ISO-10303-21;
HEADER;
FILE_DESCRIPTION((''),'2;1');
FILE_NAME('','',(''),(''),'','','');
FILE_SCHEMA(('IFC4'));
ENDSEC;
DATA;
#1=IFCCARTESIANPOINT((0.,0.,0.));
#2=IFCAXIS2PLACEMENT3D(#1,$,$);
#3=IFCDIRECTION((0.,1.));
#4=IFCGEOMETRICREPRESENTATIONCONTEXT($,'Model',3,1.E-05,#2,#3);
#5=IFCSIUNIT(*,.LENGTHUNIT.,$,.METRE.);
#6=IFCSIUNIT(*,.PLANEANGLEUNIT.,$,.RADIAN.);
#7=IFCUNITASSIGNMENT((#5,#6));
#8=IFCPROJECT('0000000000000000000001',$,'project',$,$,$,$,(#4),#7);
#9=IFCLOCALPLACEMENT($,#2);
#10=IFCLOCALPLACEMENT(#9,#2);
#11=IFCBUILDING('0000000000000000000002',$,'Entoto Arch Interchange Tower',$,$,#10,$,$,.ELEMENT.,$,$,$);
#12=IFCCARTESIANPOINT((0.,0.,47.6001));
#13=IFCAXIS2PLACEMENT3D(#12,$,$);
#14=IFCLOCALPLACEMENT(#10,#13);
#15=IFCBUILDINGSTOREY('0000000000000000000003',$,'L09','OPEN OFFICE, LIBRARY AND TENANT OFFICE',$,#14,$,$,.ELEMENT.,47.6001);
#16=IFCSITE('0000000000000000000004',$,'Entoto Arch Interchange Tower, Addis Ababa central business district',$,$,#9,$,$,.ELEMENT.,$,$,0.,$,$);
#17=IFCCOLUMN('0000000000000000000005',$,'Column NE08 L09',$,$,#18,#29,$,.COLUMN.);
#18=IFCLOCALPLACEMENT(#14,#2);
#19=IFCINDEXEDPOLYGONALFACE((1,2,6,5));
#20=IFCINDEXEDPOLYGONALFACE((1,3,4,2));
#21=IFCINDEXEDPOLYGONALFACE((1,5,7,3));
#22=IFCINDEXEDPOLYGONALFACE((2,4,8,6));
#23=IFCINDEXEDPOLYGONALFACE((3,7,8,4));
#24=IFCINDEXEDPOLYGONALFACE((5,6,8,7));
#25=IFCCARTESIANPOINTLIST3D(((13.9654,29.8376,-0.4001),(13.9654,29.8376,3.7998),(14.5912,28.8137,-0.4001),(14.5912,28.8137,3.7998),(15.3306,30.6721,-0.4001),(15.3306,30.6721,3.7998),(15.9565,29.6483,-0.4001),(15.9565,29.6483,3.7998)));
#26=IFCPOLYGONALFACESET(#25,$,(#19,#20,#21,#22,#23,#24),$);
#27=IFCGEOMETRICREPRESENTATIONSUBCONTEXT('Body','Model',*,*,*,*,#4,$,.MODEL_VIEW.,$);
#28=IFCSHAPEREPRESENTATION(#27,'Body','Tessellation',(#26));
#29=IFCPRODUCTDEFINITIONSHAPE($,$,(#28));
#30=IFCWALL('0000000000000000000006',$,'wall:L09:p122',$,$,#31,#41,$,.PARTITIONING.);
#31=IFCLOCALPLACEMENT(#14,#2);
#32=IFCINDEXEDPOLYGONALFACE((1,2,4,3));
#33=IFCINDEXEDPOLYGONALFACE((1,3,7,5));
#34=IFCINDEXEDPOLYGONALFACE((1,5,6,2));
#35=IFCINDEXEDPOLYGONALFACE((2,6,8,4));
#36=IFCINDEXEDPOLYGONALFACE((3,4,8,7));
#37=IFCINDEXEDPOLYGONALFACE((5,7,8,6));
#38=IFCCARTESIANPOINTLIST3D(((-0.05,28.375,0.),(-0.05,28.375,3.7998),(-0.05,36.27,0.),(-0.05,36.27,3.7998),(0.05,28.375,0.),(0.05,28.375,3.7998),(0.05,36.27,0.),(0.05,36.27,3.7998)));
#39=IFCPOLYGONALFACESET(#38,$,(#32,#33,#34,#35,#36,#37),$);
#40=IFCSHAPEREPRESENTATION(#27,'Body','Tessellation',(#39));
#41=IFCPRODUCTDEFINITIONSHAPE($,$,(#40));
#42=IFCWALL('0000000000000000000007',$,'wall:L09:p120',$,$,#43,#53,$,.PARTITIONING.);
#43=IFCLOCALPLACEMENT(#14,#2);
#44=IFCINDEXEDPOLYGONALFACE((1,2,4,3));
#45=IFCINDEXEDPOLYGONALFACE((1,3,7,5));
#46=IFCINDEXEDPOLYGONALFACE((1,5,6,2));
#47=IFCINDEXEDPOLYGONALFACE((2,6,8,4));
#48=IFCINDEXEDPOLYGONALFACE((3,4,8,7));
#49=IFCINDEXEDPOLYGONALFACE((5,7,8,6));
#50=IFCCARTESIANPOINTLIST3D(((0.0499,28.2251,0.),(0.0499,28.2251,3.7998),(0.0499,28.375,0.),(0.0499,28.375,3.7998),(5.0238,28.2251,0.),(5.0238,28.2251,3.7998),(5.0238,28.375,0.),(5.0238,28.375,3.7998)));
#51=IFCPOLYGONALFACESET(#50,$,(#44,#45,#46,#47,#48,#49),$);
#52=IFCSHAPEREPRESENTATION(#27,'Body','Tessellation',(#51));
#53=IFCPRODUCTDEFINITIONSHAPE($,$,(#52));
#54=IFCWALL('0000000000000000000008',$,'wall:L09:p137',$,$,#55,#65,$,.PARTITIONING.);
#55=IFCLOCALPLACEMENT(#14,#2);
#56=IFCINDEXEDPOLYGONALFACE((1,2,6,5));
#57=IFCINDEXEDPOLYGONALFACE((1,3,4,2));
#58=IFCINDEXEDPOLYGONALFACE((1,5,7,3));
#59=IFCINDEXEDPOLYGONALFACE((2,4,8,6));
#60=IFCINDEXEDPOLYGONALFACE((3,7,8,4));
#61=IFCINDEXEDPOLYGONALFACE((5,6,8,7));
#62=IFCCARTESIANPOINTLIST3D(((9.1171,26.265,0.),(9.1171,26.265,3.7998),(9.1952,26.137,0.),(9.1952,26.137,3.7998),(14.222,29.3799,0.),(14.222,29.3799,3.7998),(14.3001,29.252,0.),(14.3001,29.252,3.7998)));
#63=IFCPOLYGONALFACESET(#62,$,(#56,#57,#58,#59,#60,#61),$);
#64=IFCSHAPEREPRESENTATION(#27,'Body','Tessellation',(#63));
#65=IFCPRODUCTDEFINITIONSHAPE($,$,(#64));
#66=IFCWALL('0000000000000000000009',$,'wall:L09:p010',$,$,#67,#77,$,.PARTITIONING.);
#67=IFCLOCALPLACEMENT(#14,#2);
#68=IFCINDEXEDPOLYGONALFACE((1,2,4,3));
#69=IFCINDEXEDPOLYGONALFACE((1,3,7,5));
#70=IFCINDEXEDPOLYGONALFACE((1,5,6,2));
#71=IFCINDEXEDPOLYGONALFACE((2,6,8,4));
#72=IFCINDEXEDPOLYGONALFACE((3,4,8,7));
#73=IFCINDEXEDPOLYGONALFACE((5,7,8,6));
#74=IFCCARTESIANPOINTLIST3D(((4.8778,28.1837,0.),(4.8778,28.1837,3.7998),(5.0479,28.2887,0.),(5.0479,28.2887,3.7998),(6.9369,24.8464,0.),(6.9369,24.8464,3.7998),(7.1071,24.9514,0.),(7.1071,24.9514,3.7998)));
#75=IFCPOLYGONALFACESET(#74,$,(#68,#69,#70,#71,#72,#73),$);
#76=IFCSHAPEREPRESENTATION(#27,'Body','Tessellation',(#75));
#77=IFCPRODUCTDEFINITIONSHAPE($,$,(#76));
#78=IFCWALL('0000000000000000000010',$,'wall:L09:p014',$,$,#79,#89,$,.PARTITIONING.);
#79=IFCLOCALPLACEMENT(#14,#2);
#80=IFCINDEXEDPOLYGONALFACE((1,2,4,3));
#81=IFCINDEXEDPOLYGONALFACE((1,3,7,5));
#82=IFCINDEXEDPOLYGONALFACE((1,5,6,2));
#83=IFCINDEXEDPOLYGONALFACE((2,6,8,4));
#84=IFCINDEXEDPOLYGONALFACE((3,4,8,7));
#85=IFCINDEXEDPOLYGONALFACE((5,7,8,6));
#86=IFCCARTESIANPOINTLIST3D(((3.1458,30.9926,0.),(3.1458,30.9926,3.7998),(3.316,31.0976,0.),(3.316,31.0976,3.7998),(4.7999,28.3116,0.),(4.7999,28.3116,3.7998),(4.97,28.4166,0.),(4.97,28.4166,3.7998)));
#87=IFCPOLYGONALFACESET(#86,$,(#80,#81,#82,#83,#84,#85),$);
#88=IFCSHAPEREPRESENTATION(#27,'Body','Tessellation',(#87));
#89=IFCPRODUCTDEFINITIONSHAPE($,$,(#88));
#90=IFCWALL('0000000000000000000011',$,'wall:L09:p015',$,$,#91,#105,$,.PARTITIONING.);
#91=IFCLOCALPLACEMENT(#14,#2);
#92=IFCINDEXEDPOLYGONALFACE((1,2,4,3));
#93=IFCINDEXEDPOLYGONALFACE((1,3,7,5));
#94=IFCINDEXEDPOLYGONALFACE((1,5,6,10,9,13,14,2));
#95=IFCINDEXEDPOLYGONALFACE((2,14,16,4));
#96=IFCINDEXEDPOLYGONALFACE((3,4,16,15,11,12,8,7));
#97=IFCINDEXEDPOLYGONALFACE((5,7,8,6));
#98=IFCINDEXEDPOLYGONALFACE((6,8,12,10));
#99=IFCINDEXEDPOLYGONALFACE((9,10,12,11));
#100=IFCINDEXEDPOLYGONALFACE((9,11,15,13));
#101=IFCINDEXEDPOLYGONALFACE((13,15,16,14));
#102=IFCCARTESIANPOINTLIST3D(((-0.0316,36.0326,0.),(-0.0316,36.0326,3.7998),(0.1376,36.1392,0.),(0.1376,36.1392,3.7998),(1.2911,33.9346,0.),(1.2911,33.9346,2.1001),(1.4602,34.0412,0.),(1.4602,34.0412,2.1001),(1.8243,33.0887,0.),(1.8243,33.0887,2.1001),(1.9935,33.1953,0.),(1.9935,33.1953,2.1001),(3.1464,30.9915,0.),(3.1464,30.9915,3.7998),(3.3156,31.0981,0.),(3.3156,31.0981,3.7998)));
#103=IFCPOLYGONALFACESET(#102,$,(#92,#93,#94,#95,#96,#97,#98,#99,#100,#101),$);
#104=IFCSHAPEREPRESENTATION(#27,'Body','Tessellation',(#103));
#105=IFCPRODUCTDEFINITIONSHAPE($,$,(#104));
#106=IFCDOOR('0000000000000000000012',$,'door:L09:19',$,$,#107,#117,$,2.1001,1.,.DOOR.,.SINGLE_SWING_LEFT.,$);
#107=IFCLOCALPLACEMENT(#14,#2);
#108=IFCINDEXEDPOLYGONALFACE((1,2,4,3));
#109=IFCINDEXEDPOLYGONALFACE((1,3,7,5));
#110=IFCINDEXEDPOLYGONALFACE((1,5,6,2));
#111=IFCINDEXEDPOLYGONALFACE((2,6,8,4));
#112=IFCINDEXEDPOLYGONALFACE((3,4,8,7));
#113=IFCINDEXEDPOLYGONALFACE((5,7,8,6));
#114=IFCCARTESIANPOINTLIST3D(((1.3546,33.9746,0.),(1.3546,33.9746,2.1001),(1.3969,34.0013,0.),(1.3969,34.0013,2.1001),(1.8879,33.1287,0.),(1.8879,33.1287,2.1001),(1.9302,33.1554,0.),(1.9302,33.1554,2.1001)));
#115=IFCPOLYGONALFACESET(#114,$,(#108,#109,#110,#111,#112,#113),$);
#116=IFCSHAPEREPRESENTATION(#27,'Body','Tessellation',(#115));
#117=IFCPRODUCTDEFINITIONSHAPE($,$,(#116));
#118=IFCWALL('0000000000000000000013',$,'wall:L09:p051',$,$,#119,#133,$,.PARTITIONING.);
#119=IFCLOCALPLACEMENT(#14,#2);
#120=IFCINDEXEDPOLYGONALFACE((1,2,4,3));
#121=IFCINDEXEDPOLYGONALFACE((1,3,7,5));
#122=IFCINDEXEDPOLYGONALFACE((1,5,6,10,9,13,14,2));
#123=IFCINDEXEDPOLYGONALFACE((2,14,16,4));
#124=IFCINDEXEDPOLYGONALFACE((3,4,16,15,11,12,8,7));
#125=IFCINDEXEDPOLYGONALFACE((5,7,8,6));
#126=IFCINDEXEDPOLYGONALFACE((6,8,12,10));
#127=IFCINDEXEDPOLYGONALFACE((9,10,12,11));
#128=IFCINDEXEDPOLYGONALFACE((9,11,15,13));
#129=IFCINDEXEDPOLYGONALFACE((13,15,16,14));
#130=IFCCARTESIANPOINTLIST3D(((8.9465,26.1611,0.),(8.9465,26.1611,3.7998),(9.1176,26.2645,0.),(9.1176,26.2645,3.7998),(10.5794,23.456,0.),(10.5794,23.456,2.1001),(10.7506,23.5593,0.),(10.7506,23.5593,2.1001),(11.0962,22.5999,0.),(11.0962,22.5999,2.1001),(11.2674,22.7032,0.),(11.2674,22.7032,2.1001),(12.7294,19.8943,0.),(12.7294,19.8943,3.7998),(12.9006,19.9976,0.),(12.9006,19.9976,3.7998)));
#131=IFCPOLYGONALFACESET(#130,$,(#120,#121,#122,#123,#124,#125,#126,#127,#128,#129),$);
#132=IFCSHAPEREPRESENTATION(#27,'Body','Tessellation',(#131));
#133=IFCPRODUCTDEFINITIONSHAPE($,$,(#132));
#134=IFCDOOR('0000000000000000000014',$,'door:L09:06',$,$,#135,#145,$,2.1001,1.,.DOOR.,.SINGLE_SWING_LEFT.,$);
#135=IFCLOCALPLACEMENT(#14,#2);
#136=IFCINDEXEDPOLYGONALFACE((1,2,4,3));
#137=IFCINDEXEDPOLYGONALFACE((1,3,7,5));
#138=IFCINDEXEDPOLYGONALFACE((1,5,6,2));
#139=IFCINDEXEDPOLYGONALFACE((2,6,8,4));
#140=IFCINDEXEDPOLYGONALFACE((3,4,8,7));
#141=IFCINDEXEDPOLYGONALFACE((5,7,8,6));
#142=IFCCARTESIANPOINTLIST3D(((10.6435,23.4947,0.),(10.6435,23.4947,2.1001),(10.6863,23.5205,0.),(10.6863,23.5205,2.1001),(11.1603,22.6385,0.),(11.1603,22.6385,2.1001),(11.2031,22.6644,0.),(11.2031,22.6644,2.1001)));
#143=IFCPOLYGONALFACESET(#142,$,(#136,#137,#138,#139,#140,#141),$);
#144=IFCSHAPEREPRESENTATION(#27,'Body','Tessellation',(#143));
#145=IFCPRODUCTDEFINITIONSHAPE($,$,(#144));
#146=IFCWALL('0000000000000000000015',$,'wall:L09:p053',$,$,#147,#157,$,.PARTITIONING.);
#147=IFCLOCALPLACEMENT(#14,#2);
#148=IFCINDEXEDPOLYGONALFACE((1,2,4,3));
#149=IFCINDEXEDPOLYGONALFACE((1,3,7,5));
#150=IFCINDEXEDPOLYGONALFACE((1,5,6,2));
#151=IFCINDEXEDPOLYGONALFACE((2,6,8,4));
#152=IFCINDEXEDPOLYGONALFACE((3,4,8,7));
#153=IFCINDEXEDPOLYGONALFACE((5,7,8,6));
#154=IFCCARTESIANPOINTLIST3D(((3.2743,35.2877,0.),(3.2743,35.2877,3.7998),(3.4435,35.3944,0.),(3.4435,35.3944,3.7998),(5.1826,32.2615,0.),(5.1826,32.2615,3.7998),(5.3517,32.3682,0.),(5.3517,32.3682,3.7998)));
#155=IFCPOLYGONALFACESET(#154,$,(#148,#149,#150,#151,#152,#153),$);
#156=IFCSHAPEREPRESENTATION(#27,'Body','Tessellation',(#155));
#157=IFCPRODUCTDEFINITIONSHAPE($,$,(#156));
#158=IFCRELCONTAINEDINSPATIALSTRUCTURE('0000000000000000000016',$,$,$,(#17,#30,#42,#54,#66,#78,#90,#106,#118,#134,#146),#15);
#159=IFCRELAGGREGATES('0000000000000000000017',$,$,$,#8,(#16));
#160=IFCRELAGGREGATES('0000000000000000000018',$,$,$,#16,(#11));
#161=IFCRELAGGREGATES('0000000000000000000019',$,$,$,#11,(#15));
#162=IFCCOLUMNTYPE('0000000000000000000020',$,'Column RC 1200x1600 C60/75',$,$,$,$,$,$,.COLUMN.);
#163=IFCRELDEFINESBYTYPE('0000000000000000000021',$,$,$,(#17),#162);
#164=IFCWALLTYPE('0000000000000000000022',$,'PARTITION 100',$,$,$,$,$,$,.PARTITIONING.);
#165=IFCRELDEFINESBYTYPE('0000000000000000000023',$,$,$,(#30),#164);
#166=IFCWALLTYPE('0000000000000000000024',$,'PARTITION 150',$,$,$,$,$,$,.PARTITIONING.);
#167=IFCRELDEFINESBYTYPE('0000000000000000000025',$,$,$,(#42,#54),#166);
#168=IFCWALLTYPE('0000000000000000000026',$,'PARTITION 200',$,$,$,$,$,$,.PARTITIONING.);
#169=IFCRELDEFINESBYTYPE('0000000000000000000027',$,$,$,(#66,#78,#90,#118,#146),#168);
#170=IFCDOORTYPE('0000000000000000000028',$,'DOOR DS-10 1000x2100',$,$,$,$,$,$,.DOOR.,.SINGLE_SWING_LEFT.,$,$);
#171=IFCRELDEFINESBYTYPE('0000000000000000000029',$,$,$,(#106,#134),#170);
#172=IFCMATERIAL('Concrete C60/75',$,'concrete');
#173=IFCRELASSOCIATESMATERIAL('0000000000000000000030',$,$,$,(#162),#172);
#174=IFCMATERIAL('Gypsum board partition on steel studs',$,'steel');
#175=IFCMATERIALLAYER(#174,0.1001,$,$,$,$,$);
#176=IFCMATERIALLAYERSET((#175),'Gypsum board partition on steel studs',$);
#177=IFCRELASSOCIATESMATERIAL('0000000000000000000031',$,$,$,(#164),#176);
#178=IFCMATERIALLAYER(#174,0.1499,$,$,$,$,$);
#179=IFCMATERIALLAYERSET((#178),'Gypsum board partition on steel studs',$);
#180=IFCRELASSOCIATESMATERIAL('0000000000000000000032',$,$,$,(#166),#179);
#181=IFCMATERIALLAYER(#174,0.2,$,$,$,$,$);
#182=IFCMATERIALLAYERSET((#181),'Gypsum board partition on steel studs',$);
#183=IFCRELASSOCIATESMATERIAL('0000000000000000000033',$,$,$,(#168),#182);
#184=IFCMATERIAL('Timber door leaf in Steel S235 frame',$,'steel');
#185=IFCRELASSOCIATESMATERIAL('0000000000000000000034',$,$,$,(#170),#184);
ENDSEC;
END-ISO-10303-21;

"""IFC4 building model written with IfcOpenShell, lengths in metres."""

from ifc_helpers import new_model, si_unit, direction, frame, frame_2d, origin, origin_2d, place, context, subcontext, project, spatial, rectangle, extrude, material, layer, layer_set, material_profile, profile_set, type_object, element, fill, save


model = new_model("IFC4")

# Units and contexts
model_context = context("Model", 3, precision=1e-05, world=origin(), true_north=direction((0.0, 1.0)))
body_context = subcontext(model_context, "Body", "Model", "MODEL_VIEW")
ifc_project = project(units=[si_unit("LENGTHUNIT", "METRE"), si_unit("PLANEANGLEUNIT", "RADIAN")], contexts=[model_context])

# Site, building, storey
site_placement = place(None, origin())
site = spatial("IfcSite", under=ifc_project, at=site_placement, Name="Entoto Arch Interchange Tower, Addis Ababa central business district", CompositionType="ELEMENT", RefElevation=0.0)
building_placement = place(site_placement, origin())
building = spatial("IfcBuilding", under=site, at=building_placement, Name="Entoto Arch Interchange Tower", CompositionType="ELEMENT")
storey_placement = place(building_placement, frame((0.0, 0.0, 47.6001)))
storey = spatial("IfcBuildingStorey", under=building, at=storey_placement, Name="L09", Description="OPEN OFFICE, LIBRARY AND TENANT OFFICE", CompositionType="ELEMENT", Elevation=47.6001)

# Column
ifc_material_1 = material(Name="Concrete C60/75", Category="concrete")
ifc_material_profile = material_profile(ifc_material_1, rectangle(XDim=1.2, YDim=1.6001, at=origin_2d()))
ifc_profile_set = profile_set([ifc_material_profile], Name="Concrete C60/75")
column_type = type_object("IfcColumnType", Name="Column RC 1200x1600 C60/75", PredefinedType="COLUMN", material=ifc_profile_set)
column_placement = place(storey_placement, frame((14.9609, 29.7429, -0.4001), z_axis=(0.0, 0.0, 1.0), x_axis=(-0.521546, 0.853223, 0.0)))
element("IfcColumn", 1, at=column_placement, inside=storey, type_object=column_type, Name="Column NE08 L09", PredefinedType="COLUMN", context=body_context, shape_type="SweptSolid", body=[
    extrude(rectangle(XDim=1.2, YDim=1.6001, at=origin_2d()), origin(), (0.0, 0.0, 1.0), 4.2),
])

# Walls
ifc_material_2 = material(Name="Gypsum board partition on steel studs", Category="steel")
ifc_layer_1 = layer(ifc_material_2, 0.1001)
ifc_layer_set_1 = layer_set([ifc_layer_1], Name="Gypsum board partition on steel studs")
wall_type_1 = type_object("IfcWallType", Name="PARTITION 100", PredefinedType="PARTITIONING", material=ifc_layer_set_1)
wall_1_placement = place(storey_placement, frame((0.0, 28.375, 0.0), z_axis=(0.0, 0.0, 1.0), x_axis=(0.0, 1.0, 0.0)))
element("IfcWall", 2, at=wall_1_placement, inside=storey, type_object=wall_type_1, Name="wall:L09:p122", PredefinedType="PARTITIONING", context=body_context, shape_type="SweptSolid", body=[
    extrude(rectangle(XDim=7.895, YDim=0.1001, at=frame_2d((3.9475, 0.0))), origin(), (0.0, 0.0, 1.0), 3.7998),
])
ifc_layer_2 = layer(ifc_material_2, 0.1499)
ifc_layer_set_2 = layer_set([ifc_layer_2], Name="Gypsum board partition on steel studs")
wall_type_2 = type_object("IfcWallType", Name="PARTITION 150", PredefinedType="PARTITIONING", material=ifc_layer_set_2)
wall_2_placement = place(storey_placement, frame((0.05, 28.3, 0.0), z_axis=(0.0, 0.0, 1.0), x_axis=(1.0, 0.0, 0.0)))
element("IfcWall", 3, at=wall_2_placement, inside=storey, type_object=wall_type_2, Name="wall:L09:p120", PredefinedType="PARTITIONING", context=body_context, shape_type="SweptSolid", body=[
    extrude(rectangle(XDim=4.9739, YDim=0.1499, at=frame_2d((2.4868, 0.0))), origin(), (0.0, 0.0, 1.0), 3.7998),
])
wall_3_placement = place(storey_placement, frame((9.156, 26.2009, 0.0), z_axis=(0.0, 0.0, 1.0), x_axis=(0.853633, 0.520875, 0.0)))
element("IfcWall", 4, at=wall_3_placement, inside=storey, type_object=wall_type_2, Name="wall:L09:p137", PredefinedType="PARTITIONING", context=body_context, shape_type="SweptSolid", body=[
    extrude(rectangle(XDim=5.9802, YDim=0.1499, at=frame_2d((2.9902, 0.0))), origin(), (0.0, 0.0, 1.0), 3.7998),
])
ifc_layer_3 = layer(ifc_material_2, 0.2)
ifc_layer_set_3 = layer_set([ifc_layer_3], Name="Gypsum board partition on steel studs")
wall_type_3 = type_object("IfcWallType", Name="PARTITION 200", PredefinedType="PARTITIONING", material=ifc_layer_set_3)
wall_4_placement = place(storey_placement, frame((7.022, 24.8989, 0.0), z_axis=(0.0, 0.0, 1.0), x_axis=(-0.525104, 0.851038, 0.0)))
element("IfcWall", 5, at=wall_4_placement, inside=storey, type_object=wall_type_3, Name="wall:L09:p010", PredefinedType="PARTITIONING", context=body_context, shape_type="SweptSolid", body=[
    extrude(rectangle(XDim=3.9214, YDim=0.2, at=frame_2d((1.9607, 0.0))), origin(), (0.0, 0.0, 1.0), 3.7998),
])
wall_5_placement = place(storey_placement, frame((4.885, 28.364, 0.0), z_axis=(0.0, 0.0, 1.0), x_axis=(-0.525079, 0.851054, 0.0)))
element("IfcWall", 6, at=wall_5_placement, inside=storey, type_object=wall_type_3, Name="wall:L09:p014", PredefinedType="PARTITIONING", context=body_context, shape_type="SweptSolid", body=[
    extrude(rectangle(XDim=3.1501, YDim=0.2, at=frame_2d((1.5752, 0.0))), origin(), (0.0, 0.0, 1.0), 3.7998),
])

# Walls, openings, doors
wall_6_placement = place(storey_placement, frame((3.231, 31.0449, 0.0), z_axis=(0.0, 0.0, 1.0), x_axis=(-0.533295, 0.84593, 0.0)))
wall_6 = element("IfcWall", 7, at=wall_6_placement, inside=storey, type_object=wall_type_3, Name="wall:L09:p015", PredefinedType="PARTITIONING", context=body_context, shape_type="SweptSolid", body=[
    extrude(rectangle(XDim=5.9592, YDim=0.2, at=frame_2d((2.9795, 0.0))), origin(), (0.0, 0.0, 1.0), 3.7998),
])
opening_1_placement = place(wall_6_placement, frame((2.479, 0.0, 0.0)))
opening_1 = element("IfcOpeningElement", 8, at=opening_1_placement, cuts=wall_6, PredefinedType="OPENING", context=body_context, shape_type="SweptSolid", body=[
    extrude(rectangle(XDim=1.0, YDim=2.1001, at=frame_2d((0.5, 1.05))), frame((0.0, 0.1099, 0.0), z_axis=(0.0, -1.0, 0.0), x_axis=(1.0, 0.0, 0.0)), (0.0, 0.0, 1.0), 0.22),
])
ifc_material_3 = material(Name="Timber door leaf in Steel S235 frame", Category="steel")
door_type_1 = type_object("IfcDoorType", Name="DOOR DS-10 1000x2100", OperationType="SINGLE_SWING_LEFT", PredefinedType="DOOR", material=ifc_material_3)
door_1_placement = place(opening_1_placement, origin())
door_1 = element("IfcDoor", 9, at=door_1_placement, inside=storey, type_object=door_type_1, Name="door:L09:19", OperationType="SINGLE_SWING_LEFT", OverallHeight=2.1001, OverallWidth=1.0, PredefinedType="DOOR", context=body_context, shape_type="SweptSolid", body=[
    extrude(rectangle(XDim=1.0, YDim=2.1001, at=frame_2d((0.5, 1.05))), frame((0.0, 0.0249, 0.0), z_axis=(0.0, -1.0, 0.0), x_axis=(1.0, 0.0, 0.0)), (0.0, 0.0, 1.0), 0.05),
])
fill(opening_1, door_1)
wall_7_placement = place(storey_placement, frame((9.032, 26.2129, 0.0), z_axis=(0.0, 0.0, 1.0), x_axis=(0.516789, -0.856113, 0.0)))
wall_7 = element("IfcWall", 10, at=wall_7_placement, inside=storey, type_object=wall_type_3, Name="wall:L09:p051", PredefinedType="PARTITIONING", context=body_context, shape_type="SweptSolid", body=[
    extrude(rectangle(XDim=7.3201, YDim=0.2, at=frame_2d((3.6602, 0.0))), origin(), (0.0, 0.0, 1.0), 3.7998),
])
opening_2_placement = place(wall_7_placement, frame((3.1599, 0.0, 0.0)))
opening_2 = element("IfcOpeningElement", 11, at=opening_2_placement, cuts=wall_7, PredefinedType="OPENING", context=body_context, shape_type="SweptSolid", body=[
    extrude(rectangle(XDim=1.0, YDim=2.1001, at=frame_2d((0.5, 1.05))), frame((0.0, 0.1099, 0.0), z_axis=(0.0, -1.0, 0.0), x_axis=(1.0, 0.0, 0.0)), (0.0, 0.0, 1.0), 0.22),
])
door_2_placement = place(opening_2_placement, origin())
door_2 = element("IfcDoor", 12, at=door_2_placement, inside=storey, type_object=door_type_1, Name="door:L09:06", OperationType="SINGLE_SWING_LEFT", OverallHeight=2.1001, OverallWidth=1.0, PredefinedType="DOOR", context=body_context, shape_type="SweptSolid", body=[
    extrude(rectangle(XDim=1.0, YDim=2.1001, at=frame_2d((0.5, 1.05))), frame((0.0, 0.0249, 0.0), z_axis=(0.0, -1.0, 0.0), x_axis=(1.0, 0.0, 0.0)), (0.0, 0.0, 1.0), 0.05),
])
fill(opening_2, door_2)

# Wall
wall_8_placement = place(storey_placement, frame((3.3589, 35.3411, 0.0), z_axis=(0.0, 0.0, 1.0), x_axis=(0.533387, -0.845871, 0.0)))
element("IfcWall", 13, at=wall_8_placement, inside=storey, type_object=wall_type_3, Name="wall:L09:p053", PredefinedType="PARTITIONING", context=body_context, shape_type="SweptSolid", body=[
    extrude(rectangle(XDim=3.5776, YDim=0.2, at=frame_2d((1.7888, 0.0))), origin(), (0.0, 0.0, 1.0), 3.7998),
])

save(model, "model.ifc")
